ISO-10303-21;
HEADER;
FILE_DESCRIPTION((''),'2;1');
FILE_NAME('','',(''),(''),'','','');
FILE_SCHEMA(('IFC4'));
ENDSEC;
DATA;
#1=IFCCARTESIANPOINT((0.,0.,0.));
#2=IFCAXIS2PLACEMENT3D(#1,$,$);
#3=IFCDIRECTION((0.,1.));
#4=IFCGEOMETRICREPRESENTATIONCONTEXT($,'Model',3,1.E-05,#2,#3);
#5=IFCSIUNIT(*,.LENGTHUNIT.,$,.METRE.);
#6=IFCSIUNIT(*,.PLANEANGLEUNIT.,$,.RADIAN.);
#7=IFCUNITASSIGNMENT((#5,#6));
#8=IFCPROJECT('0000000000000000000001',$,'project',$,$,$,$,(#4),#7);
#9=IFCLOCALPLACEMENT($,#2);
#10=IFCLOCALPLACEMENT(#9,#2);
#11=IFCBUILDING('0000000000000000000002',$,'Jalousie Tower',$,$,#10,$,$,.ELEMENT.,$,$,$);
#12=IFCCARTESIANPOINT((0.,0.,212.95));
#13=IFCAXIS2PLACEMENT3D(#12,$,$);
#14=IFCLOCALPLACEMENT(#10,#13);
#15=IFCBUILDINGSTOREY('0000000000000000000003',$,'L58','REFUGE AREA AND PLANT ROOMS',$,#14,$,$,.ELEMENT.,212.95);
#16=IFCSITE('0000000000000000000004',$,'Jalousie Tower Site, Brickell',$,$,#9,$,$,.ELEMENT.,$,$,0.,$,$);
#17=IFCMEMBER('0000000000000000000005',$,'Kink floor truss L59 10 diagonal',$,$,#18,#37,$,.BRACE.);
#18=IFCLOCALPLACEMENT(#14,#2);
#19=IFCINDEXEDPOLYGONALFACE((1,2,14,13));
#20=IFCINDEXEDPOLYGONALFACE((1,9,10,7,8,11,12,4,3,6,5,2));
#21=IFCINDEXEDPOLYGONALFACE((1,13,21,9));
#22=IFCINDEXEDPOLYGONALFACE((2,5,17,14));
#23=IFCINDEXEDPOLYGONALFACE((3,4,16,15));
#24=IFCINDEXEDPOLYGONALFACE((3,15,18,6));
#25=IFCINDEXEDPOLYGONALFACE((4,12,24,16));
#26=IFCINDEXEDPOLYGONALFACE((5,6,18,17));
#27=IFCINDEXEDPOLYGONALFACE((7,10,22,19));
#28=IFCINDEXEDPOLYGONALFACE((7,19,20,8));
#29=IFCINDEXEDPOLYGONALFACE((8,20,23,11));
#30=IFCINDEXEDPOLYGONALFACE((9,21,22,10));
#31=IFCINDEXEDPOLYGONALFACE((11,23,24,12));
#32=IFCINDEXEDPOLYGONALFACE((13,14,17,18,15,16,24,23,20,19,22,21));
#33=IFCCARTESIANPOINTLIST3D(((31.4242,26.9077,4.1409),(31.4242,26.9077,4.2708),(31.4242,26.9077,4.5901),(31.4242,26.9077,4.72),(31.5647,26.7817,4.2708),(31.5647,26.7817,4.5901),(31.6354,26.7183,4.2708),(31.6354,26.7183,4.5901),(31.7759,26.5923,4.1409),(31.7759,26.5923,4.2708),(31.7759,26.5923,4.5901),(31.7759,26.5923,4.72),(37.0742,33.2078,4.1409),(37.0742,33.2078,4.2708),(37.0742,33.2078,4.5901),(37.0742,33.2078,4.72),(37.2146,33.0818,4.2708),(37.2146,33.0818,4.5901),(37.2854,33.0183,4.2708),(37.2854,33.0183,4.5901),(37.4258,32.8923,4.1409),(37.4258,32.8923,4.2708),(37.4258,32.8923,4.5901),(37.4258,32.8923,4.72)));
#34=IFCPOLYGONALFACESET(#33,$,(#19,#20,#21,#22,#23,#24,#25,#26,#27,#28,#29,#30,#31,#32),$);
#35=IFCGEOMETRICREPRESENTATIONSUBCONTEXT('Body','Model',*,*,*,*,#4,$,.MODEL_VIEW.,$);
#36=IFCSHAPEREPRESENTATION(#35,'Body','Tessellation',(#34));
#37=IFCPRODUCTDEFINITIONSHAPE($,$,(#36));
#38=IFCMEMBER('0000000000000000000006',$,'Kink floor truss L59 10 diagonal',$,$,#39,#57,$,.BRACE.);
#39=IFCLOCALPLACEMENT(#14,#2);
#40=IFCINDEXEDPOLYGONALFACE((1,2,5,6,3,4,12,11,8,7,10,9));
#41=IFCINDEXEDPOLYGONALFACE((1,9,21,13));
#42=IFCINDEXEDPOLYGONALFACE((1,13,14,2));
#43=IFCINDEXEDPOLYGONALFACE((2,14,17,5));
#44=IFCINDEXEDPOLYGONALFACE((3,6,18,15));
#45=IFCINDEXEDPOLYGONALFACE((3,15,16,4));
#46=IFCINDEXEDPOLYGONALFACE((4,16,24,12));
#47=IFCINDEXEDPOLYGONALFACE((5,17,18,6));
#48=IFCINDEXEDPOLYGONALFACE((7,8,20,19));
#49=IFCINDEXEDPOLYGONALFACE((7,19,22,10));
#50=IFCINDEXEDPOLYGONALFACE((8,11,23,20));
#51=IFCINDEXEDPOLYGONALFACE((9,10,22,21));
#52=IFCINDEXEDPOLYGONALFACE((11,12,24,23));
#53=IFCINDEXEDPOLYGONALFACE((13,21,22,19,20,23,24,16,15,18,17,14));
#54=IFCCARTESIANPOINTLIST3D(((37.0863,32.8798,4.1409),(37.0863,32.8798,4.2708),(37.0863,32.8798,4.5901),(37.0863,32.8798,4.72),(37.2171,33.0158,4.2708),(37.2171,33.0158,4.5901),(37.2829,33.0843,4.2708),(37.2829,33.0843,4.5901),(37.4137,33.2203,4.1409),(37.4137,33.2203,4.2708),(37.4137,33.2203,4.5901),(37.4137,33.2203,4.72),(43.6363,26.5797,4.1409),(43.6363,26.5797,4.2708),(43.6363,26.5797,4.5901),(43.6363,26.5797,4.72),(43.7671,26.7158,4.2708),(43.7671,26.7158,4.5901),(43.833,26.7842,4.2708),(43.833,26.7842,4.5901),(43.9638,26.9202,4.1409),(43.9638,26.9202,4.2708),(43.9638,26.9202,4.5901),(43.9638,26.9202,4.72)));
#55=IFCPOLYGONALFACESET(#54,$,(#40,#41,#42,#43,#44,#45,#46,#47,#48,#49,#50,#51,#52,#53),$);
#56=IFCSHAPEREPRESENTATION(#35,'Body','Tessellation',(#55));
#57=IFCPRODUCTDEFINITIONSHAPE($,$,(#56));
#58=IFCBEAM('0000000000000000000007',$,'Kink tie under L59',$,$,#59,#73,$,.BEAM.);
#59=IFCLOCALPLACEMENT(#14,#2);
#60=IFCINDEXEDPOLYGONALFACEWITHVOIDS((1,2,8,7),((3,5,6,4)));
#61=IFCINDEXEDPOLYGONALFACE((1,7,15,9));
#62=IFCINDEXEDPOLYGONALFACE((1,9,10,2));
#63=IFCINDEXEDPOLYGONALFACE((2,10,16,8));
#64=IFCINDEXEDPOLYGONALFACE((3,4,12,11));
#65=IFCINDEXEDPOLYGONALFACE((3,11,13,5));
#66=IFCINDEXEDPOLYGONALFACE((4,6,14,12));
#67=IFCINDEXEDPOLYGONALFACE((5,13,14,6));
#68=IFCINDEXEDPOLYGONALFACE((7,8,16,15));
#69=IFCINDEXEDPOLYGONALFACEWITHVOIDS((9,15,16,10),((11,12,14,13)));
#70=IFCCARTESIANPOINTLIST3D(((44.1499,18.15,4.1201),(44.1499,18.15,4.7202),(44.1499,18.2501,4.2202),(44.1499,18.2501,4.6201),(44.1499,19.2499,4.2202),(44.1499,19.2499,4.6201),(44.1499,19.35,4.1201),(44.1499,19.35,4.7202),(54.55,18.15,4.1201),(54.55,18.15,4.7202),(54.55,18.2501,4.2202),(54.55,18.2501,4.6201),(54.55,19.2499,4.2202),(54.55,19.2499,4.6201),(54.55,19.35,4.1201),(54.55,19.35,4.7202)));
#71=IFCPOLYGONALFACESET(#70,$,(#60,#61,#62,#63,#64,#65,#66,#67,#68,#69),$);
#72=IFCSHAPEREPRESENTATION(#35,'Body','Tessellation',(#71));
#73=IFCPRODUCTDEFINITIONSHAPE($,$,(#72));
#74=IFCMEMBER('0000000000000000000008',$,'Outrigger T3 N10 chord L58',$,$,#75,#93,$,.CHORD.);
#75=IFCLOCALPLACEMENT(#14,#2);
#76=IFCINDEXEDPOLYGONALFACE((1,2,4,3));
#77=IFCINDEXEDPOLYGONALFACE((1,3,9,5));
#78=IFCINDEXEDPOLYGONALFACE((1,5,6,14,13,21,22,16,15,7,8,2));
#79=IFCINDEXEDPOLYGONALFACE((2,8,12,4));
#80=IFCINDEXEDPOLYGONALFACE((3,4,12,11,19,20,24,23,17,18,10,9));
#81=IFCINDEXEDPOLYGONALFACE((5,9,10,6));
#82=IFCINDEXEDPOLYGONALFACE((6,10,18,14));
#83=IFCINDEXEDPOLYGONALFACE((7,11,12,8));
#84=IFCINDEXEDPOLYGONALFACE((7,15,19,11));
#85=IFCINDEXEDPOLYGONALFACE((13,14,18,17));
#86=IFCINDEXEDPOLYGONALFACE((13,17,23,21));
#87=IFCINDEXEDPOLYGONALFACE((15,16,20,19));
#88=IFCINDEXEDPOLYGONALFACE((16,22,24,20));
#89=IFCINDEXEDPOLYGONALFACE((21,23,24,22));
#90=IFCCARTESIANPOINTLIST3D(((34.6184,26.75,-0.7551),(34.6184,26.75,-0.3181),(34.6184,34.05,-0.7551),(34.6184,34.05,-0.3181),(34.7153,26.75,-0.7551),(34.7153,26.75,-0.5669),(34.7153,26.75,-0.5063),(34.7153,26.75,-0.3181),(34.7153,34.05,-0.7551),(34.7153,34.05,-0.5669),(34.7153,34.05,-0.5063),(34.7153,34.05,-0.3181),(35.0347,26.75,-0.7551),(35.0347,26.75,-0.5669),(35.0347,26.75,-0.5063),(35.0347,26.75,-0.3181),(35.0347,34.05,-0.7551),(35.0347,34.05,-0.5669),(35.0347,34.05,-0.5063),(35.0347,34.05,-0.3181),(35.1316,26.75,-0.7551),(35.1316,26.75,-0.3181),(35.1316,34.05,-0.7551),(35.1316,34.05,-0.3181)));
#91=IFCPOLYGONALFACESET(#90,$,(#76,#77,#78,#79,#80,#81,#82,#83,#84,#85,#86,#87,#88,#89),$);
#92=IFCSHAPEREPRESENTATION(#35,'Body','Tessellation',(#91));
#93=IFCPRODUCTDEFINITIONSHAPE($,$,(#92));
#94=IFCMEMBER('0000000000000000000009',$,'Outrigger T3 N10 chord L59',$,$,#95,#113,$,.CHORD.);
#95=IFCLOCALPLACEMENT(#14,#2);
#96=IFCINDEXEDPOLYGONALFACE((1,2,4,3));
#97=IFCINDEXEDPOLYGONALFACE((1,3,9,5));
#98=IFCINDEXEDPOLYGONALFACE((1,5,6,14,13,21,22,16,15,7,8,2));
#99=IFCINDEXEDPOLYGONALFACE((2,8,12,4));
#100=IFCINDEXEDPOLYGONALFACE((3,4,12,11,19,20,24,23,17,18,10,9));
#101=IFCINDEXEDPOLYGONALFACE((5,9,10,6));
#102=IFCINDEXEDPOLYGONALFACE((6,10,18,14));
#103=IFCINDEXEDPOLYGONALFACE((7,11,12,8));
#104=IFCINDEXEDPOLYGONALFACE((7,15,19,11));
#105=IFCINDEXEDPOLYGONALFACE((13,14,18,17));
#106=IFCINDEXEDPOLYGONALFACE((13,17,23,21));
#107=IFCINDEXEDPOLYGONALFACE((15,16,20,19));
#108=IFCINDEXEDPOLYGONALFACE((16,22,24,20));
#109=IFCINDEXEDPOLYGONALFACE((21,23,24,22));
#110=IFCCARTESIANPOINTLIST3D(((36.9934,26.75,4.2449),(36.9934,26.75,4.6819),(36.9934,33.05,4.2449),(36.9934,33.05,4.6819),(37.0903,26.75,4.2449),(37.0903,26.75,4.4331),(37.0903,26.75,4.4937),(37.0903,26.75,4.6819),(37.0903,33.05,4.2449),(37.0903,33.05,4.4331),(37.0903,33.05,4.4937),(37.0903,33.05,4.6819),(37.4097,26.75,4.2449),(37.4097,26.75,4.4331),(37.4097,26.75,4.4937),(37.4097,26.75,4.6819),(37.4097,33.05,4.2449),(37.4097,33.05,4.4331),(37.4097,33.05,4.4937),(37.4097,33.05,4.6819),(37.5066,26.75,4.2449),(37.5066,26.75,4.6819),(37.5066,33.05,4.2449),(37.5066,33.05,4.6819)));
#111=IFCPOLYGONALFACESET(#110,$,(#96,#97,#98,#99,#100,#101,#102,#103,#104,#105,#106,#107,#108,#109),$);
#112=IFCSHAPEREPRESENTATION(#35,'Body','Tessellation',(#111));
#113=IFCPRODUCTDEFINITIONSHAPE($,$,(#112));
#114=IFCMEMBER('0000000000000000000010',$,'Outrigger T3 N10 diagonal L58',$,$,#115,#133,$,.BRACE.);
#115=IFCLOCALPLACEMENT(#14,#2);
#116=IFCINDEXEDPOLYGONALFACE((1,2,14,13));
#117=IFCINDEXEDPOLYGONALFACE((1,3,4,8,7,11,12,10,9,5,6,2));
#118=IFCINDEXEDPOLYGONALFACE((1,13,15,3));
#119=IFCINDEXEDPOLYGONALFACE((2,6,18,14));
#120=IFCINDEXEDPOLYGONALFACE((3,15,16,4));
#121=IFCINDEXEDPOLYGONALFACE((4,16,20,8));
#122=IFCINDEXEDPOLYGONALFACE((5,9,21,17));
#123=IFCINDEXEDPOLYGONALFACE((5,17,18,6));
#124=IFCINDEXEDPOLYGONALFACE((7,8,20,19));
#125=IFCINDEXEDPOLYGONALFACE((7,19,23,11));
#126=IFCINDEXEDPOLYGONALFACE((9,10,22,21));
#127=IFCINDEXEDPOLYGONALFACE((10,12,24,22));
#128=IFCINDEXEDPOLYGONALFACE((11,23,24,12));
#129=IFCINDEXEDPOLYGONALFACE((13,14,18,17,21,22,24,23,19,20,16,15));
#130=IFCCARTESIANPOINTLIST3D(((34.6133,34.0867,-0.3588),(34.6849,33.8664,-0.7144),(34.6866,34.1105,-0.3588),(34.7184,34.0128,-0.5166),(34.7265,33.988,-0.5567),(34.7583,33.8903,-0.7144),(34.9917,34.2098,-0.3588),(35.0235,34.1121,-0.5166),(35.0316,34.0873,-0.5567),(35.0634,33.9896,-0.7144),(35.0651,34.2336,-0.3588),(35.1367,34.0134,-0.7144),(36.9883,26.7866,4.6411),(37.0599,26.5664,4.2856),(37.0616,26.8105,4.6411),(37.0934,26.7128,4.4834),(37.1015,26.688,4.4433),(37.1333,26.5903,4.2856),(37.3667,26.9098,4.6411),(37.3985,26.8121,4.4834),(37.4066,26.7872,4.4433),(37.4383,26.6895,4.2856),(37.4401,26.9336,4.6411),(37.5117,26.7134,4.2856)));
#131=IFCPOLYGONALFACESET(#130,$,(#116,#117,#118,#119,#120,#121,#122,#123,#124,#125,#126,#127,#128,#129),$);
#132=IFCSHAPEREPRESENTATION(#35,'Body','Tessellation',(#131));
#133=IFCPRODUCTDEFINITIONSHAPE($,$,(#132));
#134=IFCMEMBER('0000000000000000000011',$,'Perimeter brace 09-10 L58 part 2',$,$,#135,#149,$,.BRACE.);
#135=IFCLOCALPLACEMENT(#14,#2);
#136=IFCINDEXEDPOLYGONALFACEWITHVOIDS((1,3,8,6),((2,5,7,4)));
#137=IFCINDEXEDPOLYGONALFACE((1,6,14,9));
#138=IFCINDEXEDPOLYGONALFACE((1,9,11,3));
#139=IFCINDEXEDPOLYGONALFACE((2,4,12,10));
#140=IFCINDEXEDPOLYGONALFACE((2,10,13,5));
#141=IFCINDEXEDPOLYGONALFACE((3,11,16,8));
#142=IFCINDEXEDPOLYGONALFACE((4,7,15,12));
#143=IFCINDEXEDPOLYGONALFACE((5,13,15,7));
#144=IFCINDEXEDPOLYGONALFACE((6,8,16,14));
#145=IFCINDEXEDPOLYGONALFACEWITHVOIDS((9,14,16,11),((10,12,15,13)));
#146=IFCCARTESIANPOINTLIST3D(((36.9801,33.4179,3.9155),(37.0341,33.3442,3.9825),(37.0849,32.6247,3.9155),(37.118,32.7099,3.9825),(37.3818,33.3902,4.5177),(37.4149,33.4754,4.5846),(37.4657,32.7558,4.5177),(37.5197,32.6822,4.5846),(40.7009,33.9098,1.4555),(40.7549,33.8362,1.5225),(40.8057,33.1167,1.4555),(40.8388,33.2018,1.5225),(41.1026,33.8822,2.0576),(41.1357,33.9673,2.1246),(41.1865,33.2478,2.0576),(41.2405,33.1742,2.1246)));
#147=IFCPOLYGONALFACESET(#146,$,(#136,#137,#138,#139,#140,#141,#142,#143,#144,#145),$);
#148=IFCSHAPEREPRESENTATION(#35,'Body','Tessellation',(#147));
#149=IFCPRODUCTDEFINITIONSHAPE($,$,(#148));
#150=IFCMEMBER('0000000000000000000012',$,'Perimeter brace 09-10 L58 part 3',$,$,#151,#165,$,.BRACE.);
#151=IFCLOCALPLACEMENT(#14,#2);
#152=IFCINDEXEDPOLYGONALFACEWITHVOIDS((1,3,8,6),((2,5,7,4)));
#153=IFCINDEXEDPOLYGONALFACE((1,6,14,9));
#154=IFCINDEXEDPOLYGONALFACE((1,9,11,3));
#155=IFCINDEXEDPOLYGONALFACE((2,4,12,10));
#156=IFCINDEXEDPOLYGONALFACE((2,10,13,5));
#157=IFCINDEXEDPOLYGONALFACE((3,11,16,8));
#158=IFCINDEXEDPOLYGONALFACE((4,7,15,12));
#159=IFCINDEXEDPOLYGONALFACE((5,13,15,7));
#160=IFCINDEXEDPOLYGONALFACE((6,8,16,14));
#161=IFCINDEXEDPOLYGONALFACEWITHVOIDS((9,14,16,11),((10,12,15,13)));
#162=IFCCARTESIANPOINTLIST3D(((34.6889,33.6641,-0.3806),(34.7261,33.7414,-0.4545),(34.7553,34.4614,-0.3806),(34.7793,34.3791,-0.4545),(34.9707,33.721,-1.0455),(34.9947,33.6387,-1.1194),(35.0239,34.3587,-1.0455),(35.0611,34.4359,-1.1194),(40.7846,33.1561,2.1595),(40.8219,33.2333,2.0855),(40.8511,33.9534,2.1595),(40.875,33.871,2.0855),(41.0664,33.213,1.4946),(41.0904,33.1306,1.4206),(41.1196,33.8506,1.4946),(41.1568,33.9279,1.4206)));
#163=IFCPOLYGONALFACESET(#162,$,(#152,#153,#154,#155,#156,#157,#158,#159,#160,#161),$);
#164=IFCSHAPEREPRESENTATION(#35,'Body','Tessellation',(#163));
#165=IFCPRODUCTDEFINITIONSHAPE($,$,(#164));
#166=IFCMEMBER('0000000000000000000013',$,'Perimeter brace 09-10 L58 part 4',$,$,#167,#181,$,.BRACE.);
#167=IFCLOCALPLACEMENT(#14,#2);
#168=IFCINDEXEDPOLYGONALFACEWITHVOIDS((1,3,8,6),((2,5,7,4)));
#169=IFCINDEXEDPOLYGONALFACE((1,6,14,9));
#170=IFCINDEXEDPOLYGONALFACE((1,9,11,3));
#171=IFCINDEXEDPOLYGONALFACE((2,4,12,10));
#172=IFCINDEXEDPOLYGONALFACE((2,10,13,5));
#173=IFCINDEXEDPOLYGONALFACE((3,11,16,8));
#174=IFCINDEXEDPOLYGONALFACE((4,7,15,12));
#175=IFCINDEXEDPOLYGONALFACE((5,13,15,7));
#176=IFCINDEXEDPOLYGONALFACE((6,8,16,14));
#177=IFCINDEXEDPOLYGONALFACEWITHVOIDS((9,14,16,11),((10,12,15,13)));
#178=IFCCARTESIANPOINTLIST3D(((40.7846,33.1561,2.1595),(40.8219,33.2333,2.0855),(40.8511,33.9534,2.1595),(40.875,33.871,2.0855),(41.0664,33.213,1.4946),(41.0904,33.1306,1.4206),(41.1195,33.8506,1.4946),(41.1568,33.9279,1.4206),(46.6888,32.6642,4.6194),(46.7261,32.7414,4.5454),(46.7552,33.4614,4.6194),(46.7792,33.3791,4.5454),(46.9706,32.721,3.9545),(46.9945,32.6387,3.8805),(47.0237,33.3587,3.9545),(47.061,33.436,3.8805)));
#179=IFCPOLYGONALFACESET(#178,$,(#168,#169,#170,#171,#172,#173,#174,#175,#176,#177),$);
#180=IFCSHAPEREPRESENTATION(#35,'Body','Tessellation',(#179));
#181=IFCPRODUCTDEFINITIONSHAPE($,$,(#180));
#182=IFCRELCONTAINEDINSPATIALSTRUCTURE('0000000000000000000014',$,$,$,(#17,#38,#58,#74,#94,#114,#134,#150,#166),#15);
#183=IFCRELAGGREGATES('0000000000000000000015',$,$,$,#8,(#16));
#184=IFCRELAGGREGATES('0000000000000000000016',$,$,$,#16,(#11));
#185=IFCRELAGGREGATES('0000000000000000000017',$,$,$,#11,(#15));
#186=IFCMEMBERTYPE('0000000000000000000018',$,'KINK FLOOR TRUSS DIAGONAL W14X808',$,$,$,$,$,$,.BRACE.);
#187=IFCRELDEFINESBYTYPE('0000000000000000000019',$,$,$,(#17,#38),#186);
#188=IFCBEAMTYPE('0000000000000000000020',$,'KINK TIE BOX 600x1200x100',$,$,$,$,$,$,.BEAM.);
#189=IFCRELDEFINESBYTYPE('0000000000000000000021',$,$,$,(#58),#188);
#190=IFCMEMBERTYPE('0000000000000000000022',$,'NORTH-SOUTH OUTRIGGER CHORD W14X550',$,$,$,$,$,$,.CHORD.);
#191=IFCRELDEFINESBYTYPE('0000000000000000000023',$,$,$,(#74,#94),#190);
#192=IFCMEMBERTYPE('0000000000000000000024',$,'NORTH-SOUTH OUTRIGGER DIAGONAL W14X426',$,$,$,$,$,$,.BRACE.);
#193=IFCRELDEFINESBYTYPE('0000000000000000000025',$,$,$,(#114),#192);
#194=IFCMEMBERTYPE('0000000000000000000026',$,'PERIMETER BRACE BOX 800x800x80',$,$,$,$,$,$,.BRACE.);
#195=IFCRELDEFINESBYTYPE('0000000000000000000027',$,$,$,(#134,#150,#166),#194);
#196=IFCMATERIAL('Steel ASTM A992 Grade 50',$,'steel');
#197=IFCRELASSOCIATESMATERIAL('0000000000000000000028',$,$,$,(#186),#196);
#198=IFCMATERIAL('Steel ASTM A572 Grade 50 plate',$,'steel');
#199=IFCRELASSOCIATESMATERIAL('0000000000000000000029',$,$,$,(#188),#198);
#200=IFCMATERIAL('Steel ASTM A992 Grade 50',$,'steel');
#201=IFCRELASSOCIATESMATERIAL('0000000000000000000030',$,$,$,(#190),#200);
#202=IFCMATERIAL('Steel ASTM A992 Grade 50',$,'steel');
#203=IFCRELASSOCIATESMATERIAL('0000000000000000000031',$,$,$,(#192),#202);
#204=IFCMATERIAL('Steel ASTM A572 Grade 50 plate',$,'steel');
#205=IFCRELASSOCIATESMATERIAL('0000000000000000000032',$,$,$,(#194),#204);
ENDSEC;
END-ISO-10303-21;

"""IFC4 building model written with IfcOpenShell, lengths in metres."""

from ifc_helpers import new_model, si_unit, direction, frame, origin, origin_2d, place, context, subcontext, project, spatial, hollow_rectangle, i_section, extrude, material, material_profile, profile_set, type_object, element, save


model = new_model("IFC4")

# Units and contexts
model_context = context("Model", 3, precision=1e-05, world=origin(), true_north=direction((0.0, 1.0)))
body_context = subcontext(model_context, "Body", "Model", "MODEL_VIEW")
ifc_project = project(units=[si_unit("LENGTHUNIT", "METRE"), si_unit("PLANEANGLEUNIT", "RADIAN")], contexts=[model_context])

# Site, building, storey
site_placement = place(None, origin())
site = spatial("IfcSite", under=ifc_project, at=site_placement, Name="Jalousie Tower Site, Brickell", CompositionType="ELEMENT", RefElevation=0.0)
building_placement = place(site_placement, origin())
building = spatial("IfcBuilding", under=site, at=building_placement, Name="Jalousie Tower", CompositionType="ELEMENT")
storey_placement = place(building_placement, frame((0.0, 0.0, 212.95)))
storey = spatial("IfcBuildingStorey", under=building, at=storey_placement, Name="L58", Description="REFUGE AREA AND PLANT ROOMS", CompositionType="ELEMENT", Elevation=212.95)

# Members
ifc_material_1 = material(Name="Steel ASTM A992 Grade 50", Category="steel")
ifc_material_profile_1 = material_profile(ifc_material_1, i_section(OverallWidth=0.4724, OverallDepth=0.5791, WebThickness=0.095, FlangeThickness=0.1299, at=origin_2d()), Name="W14X808")
ifc_profile_set_1 = profile_set([ifc_material_profile_1], Name="Steel ASTM A992 Grade 50")
member_type_1 = type_object("IfcMemberType", Name="KINK FLOOR TRUSS DIAGONAL W14X808", PredefinedType="BRACE", material=ifc_profile_set_1)
member_1_placement = place(storey_placement, frame((37.25, 33.05, 4.4304), z_axis=(-0.667649, -0.744476, 0.0), x_axis=(0.744476, -0.667649, 0.0)))
element("IfcMember", 1, at=member_1_placement, inside=storey, type_object=member_type_1, Name="Kink floor truss L59 10 diagonal", PredefinedType="BRACE", context=body_context, shape_type="SweptSolid", body=[
    extrude(i_section(OverallWidth=0.4724, OverallDepth=0.5791, WebThickness=0.095, FlangeThickness=0.1299, at=origin_2d()), origin(), (0.0, 0.0, 1.0), 8.4624),
])
member_2_placement = place(storey_placement, frame((37.25, 33.05, 4.4304), z_axis=(0.720727, -0.693219, 0.0), x_axis=(0.693219, 0.720727, 0.0)))
element("IfcMember", 2, at=member_2_placement, inside=storey, type_object=member_type_1, Name="Kink floor truss L59 10 diagonal", PredefinedType="BRACE", context=body_context, shape_type="SweptSolid", body=[
    extrude(i_section(OverallWidth=0.4724, OverallDepth=0.5791, WebThickness=0.095, FlangeThickness=0.1299, at=origin_2d()), origin(), (0.0, 0.0, 1.0), 9.0881),
])

# Beam
ifc_material_2 = material(Name="Steel ASTM A572 Grade 50 plate", Category="steel")
ifc_material_profile_2 = material_profile(ifc_material_2, hollow_rectangle(XDim=1.2, YDim=0.6001, WallThickness=0.1001, at=origin_2d()), Name="BOX 600x1200x100")
ifc_profile_set_2 = profile_set([ifc_material_profile_2], Name="Steel ASTM A572 Grade 50 plate")
beam_type_1 = type_object("IfcBeamType", Name="KINK TIE BOX 600x1200x100", PredefinedType="BEAM", material=ifc_profile_set_2)
beam_1_placement = place(storey_placement, frame((44.1499, 18.75, 4.4202), z_axis=(1.0, 0.0, 0.0), x_axis=(0.0, 1.0, 0.0)))
element("IfcBeam", 3, at=beam_1_placement, inside=storey, type_object=beam_type_1, Name="Kink tie under L59", PredefinedType="BEAM", context=body_context, shape_type="SweptSolid", body=[
    extrude(hollow_rectangle(XDim=1.2, YDim=0.6001, WallThickness=0.1001, at=origin_2d()), origin(), (0.0, 0.0, 1.0), 10.4001),
])

# Members
ifc_material_3 = material(Name="Steel ASTM A992 Grade 50", Category="steel")
ifc_material_profile_3 = material_profile(ifc_material_3, i_section(OverallWidth=0.437, OverallDepth=0.5132, WebThickness=0.0605, FlangeThickness=0.0969, at=origin_2d()), Name="W14X550")
ifc_profile_set_3 = profile_set([ifc_material_profile_3], Name="Steel ASTM A992 Grade 50")
member_type_2 = type_object("IfcMemberType", Name="NORTH-SOUTH OUTRIGGER CHORD W14X550", PredefinedType="CHORD", material=ifc_profile_set_3)
member_3_placement = place(storey_placement, frame((34.875, 34.05, -0.5366), z_axis=(0.0, -1.0, 0.0), x_axis=(0.0, 0.0, 1.0)))
element("IfcMember", 4, at=member_3_placement, inside=storey, type_object=member_type_2, Name="Outrigger T3 N10 chord L58", PredefinedType="CHORD", context=body_context, shape_type="SweptSolid", body=[
    extrude(i_section(OverallWidth=0.437, OverallDepth=0.5132, WebThickness=0.0605, FlangeThickness=0.0969, at=origin_2d()), origin(), (0.0, 0.0, 1.0), 7.3),
])
member_4_placement = place(storey_placement, frame((37.25, 33.05, 4.4634), z_axis=(0.0, -1.0, 0.0), x_axis=(0.0, 0.0, 1.0)))
element("IfcMember", 5, at=member_4_placement, inside=storey, type_object=member_type_2, Name="Outrigger T3 N10 chord L59", PredefinedType="CHORD", context=body_context, shape_type="SweptSolid", body=[
    extrude(i_section(OverallWidth=0.437, OverallDepth=0.5132, WebThickness=0.0605, FlangeThickness=0.0969, at=origin_2d()), origin(), (0.0, 0.0, 1.0), 6.3),
])
ifc_material_4 = material(Name="Steel ASTM A992 Grade 50", Category="steel")
ifc_material_profile_4 = material_profile(ifc_material_4, i_section(OverallWidth=0.4243, OverallDepth=0.4751, WebThickness=0.0479, FlangeThickness=0.0771, at=origin_2d()), Name="W14X426")
ifc_profile_set_4 = profile_set([ifc_material_profile_4], Name="Steel ASTM A992 Grade 50")
member_type_3 = type_object("IfcMemberType", Name="NORTH-SOUTH OUTRIGGER DIAGONAL W14X426", PredefinedType="BRACE", material=ifc_profile_set_4)
member_5_placement = place(storey_placement, frame((34.875, 34.05, -0.5366), z_axis=(0.25924, -0.796826, 0.545768), x_axis=(-0.168849, 0.518992, 0.837936)))
element("IfcMember", 6, at=member_5_placement, inside=storey, type_object=member_type_3, Name="Outrigger T3 N10 diagonal L58", PredefinedType="BRACE", context=body_context, shape_type="SweptSolid", body=[
    extrude(i_section(OverallWidth=0.4243, OverallDepth=0.4751, WebThickness=0.0479, FlangeThickness=0.0771, at=origin_2d()), origin(), (0.0, 0.0, 1.0), 9.1614),
])
ifc_material_5 = material(Name="Steel ASTM A572 Grade 50 plate", Category="steel")
ifc_material_profile_5 = material_profile(ifc_material_5, hollow_rectangle(XDim=0.8, YDim=0.8, WallThickness=0.0801, at=origin_2d()), Name="BOX 800x800x80")
ifc_profile_set_5 = profile_set([ifc_material_profile_5], Name="Steel ASTM A572 Grade 50 plate")
member_type_4 = type_object("IfcMemberType", Name="PERIMETER BRACE BOX 800x800x80", PredefinedType="BRACE", material=ifc_profile_set_5)
member_6_placement = place(storey_placement, frame((40.9707, 33.542, 1.79), z_axis=(-0.829139, -0.109627, 0.548189), x_axis=(0.131077, -0.991372, 0.0)))
element("IfcMember", 7, at=member_6_placement, inside=storey, type_object=member_type_4, Name="Perimeter brace 09-10 L58 part 2", PredefinedType="BRACE", context=body_context, shape_type="SweptSolid", body=[
    extrude(hollow_rectangle(XDim=0.8, YDim=0.8, WallThickness=0.0801, at=origin_2d()), origin(), (0.0, 0.0, 1.0), 4.4875),
])
member_7_placement = place(storey_placement, frame((34.875, 34.05, -0.75), z_axis=(0.920348, -0.076708, 0.383503), x_axis=(0.083059, 0.996545, 0.0)))
element("IfcMember", 8, at=member_7_placement, inside=storey, type_object=member_type_4, Name="Perimeter brace 09-10 L58 part 3", PredefinedType="BRACE", context=body_context, shape_type="SweptSolid", body=[
    extrude(hollow_rectangle(XDim=0.8, YDim=0.8, WallThickness=0.0801, at=origin_2d()), origin(), (0.0, 0.0, 1.0), 6.6233),
])
member_8_placement = place(storey_placement, frame((40.9707, 33.542, 1.79), z_axis=(0.920368, -0.076685, 0.383461), x_axis=(0.083032, 0.996547, 0.0)))
element("IfcMember", 9, at=member_8_placement, inside=storey, type_object=member_type_4, Name="Perimeter brace 09-10 L58 part 4", PredefinedType="BRACE", context=body_context, shape_type="SweptSolid", body=[
    extrude(hollow_rectangle(XDim=0.8, YDim=0.8, WallThickness=0.0801, at=origin_2d()), origin(), (0.0, 0.0, 1.0), 6.415),
])

save(model, "model.ifc")
